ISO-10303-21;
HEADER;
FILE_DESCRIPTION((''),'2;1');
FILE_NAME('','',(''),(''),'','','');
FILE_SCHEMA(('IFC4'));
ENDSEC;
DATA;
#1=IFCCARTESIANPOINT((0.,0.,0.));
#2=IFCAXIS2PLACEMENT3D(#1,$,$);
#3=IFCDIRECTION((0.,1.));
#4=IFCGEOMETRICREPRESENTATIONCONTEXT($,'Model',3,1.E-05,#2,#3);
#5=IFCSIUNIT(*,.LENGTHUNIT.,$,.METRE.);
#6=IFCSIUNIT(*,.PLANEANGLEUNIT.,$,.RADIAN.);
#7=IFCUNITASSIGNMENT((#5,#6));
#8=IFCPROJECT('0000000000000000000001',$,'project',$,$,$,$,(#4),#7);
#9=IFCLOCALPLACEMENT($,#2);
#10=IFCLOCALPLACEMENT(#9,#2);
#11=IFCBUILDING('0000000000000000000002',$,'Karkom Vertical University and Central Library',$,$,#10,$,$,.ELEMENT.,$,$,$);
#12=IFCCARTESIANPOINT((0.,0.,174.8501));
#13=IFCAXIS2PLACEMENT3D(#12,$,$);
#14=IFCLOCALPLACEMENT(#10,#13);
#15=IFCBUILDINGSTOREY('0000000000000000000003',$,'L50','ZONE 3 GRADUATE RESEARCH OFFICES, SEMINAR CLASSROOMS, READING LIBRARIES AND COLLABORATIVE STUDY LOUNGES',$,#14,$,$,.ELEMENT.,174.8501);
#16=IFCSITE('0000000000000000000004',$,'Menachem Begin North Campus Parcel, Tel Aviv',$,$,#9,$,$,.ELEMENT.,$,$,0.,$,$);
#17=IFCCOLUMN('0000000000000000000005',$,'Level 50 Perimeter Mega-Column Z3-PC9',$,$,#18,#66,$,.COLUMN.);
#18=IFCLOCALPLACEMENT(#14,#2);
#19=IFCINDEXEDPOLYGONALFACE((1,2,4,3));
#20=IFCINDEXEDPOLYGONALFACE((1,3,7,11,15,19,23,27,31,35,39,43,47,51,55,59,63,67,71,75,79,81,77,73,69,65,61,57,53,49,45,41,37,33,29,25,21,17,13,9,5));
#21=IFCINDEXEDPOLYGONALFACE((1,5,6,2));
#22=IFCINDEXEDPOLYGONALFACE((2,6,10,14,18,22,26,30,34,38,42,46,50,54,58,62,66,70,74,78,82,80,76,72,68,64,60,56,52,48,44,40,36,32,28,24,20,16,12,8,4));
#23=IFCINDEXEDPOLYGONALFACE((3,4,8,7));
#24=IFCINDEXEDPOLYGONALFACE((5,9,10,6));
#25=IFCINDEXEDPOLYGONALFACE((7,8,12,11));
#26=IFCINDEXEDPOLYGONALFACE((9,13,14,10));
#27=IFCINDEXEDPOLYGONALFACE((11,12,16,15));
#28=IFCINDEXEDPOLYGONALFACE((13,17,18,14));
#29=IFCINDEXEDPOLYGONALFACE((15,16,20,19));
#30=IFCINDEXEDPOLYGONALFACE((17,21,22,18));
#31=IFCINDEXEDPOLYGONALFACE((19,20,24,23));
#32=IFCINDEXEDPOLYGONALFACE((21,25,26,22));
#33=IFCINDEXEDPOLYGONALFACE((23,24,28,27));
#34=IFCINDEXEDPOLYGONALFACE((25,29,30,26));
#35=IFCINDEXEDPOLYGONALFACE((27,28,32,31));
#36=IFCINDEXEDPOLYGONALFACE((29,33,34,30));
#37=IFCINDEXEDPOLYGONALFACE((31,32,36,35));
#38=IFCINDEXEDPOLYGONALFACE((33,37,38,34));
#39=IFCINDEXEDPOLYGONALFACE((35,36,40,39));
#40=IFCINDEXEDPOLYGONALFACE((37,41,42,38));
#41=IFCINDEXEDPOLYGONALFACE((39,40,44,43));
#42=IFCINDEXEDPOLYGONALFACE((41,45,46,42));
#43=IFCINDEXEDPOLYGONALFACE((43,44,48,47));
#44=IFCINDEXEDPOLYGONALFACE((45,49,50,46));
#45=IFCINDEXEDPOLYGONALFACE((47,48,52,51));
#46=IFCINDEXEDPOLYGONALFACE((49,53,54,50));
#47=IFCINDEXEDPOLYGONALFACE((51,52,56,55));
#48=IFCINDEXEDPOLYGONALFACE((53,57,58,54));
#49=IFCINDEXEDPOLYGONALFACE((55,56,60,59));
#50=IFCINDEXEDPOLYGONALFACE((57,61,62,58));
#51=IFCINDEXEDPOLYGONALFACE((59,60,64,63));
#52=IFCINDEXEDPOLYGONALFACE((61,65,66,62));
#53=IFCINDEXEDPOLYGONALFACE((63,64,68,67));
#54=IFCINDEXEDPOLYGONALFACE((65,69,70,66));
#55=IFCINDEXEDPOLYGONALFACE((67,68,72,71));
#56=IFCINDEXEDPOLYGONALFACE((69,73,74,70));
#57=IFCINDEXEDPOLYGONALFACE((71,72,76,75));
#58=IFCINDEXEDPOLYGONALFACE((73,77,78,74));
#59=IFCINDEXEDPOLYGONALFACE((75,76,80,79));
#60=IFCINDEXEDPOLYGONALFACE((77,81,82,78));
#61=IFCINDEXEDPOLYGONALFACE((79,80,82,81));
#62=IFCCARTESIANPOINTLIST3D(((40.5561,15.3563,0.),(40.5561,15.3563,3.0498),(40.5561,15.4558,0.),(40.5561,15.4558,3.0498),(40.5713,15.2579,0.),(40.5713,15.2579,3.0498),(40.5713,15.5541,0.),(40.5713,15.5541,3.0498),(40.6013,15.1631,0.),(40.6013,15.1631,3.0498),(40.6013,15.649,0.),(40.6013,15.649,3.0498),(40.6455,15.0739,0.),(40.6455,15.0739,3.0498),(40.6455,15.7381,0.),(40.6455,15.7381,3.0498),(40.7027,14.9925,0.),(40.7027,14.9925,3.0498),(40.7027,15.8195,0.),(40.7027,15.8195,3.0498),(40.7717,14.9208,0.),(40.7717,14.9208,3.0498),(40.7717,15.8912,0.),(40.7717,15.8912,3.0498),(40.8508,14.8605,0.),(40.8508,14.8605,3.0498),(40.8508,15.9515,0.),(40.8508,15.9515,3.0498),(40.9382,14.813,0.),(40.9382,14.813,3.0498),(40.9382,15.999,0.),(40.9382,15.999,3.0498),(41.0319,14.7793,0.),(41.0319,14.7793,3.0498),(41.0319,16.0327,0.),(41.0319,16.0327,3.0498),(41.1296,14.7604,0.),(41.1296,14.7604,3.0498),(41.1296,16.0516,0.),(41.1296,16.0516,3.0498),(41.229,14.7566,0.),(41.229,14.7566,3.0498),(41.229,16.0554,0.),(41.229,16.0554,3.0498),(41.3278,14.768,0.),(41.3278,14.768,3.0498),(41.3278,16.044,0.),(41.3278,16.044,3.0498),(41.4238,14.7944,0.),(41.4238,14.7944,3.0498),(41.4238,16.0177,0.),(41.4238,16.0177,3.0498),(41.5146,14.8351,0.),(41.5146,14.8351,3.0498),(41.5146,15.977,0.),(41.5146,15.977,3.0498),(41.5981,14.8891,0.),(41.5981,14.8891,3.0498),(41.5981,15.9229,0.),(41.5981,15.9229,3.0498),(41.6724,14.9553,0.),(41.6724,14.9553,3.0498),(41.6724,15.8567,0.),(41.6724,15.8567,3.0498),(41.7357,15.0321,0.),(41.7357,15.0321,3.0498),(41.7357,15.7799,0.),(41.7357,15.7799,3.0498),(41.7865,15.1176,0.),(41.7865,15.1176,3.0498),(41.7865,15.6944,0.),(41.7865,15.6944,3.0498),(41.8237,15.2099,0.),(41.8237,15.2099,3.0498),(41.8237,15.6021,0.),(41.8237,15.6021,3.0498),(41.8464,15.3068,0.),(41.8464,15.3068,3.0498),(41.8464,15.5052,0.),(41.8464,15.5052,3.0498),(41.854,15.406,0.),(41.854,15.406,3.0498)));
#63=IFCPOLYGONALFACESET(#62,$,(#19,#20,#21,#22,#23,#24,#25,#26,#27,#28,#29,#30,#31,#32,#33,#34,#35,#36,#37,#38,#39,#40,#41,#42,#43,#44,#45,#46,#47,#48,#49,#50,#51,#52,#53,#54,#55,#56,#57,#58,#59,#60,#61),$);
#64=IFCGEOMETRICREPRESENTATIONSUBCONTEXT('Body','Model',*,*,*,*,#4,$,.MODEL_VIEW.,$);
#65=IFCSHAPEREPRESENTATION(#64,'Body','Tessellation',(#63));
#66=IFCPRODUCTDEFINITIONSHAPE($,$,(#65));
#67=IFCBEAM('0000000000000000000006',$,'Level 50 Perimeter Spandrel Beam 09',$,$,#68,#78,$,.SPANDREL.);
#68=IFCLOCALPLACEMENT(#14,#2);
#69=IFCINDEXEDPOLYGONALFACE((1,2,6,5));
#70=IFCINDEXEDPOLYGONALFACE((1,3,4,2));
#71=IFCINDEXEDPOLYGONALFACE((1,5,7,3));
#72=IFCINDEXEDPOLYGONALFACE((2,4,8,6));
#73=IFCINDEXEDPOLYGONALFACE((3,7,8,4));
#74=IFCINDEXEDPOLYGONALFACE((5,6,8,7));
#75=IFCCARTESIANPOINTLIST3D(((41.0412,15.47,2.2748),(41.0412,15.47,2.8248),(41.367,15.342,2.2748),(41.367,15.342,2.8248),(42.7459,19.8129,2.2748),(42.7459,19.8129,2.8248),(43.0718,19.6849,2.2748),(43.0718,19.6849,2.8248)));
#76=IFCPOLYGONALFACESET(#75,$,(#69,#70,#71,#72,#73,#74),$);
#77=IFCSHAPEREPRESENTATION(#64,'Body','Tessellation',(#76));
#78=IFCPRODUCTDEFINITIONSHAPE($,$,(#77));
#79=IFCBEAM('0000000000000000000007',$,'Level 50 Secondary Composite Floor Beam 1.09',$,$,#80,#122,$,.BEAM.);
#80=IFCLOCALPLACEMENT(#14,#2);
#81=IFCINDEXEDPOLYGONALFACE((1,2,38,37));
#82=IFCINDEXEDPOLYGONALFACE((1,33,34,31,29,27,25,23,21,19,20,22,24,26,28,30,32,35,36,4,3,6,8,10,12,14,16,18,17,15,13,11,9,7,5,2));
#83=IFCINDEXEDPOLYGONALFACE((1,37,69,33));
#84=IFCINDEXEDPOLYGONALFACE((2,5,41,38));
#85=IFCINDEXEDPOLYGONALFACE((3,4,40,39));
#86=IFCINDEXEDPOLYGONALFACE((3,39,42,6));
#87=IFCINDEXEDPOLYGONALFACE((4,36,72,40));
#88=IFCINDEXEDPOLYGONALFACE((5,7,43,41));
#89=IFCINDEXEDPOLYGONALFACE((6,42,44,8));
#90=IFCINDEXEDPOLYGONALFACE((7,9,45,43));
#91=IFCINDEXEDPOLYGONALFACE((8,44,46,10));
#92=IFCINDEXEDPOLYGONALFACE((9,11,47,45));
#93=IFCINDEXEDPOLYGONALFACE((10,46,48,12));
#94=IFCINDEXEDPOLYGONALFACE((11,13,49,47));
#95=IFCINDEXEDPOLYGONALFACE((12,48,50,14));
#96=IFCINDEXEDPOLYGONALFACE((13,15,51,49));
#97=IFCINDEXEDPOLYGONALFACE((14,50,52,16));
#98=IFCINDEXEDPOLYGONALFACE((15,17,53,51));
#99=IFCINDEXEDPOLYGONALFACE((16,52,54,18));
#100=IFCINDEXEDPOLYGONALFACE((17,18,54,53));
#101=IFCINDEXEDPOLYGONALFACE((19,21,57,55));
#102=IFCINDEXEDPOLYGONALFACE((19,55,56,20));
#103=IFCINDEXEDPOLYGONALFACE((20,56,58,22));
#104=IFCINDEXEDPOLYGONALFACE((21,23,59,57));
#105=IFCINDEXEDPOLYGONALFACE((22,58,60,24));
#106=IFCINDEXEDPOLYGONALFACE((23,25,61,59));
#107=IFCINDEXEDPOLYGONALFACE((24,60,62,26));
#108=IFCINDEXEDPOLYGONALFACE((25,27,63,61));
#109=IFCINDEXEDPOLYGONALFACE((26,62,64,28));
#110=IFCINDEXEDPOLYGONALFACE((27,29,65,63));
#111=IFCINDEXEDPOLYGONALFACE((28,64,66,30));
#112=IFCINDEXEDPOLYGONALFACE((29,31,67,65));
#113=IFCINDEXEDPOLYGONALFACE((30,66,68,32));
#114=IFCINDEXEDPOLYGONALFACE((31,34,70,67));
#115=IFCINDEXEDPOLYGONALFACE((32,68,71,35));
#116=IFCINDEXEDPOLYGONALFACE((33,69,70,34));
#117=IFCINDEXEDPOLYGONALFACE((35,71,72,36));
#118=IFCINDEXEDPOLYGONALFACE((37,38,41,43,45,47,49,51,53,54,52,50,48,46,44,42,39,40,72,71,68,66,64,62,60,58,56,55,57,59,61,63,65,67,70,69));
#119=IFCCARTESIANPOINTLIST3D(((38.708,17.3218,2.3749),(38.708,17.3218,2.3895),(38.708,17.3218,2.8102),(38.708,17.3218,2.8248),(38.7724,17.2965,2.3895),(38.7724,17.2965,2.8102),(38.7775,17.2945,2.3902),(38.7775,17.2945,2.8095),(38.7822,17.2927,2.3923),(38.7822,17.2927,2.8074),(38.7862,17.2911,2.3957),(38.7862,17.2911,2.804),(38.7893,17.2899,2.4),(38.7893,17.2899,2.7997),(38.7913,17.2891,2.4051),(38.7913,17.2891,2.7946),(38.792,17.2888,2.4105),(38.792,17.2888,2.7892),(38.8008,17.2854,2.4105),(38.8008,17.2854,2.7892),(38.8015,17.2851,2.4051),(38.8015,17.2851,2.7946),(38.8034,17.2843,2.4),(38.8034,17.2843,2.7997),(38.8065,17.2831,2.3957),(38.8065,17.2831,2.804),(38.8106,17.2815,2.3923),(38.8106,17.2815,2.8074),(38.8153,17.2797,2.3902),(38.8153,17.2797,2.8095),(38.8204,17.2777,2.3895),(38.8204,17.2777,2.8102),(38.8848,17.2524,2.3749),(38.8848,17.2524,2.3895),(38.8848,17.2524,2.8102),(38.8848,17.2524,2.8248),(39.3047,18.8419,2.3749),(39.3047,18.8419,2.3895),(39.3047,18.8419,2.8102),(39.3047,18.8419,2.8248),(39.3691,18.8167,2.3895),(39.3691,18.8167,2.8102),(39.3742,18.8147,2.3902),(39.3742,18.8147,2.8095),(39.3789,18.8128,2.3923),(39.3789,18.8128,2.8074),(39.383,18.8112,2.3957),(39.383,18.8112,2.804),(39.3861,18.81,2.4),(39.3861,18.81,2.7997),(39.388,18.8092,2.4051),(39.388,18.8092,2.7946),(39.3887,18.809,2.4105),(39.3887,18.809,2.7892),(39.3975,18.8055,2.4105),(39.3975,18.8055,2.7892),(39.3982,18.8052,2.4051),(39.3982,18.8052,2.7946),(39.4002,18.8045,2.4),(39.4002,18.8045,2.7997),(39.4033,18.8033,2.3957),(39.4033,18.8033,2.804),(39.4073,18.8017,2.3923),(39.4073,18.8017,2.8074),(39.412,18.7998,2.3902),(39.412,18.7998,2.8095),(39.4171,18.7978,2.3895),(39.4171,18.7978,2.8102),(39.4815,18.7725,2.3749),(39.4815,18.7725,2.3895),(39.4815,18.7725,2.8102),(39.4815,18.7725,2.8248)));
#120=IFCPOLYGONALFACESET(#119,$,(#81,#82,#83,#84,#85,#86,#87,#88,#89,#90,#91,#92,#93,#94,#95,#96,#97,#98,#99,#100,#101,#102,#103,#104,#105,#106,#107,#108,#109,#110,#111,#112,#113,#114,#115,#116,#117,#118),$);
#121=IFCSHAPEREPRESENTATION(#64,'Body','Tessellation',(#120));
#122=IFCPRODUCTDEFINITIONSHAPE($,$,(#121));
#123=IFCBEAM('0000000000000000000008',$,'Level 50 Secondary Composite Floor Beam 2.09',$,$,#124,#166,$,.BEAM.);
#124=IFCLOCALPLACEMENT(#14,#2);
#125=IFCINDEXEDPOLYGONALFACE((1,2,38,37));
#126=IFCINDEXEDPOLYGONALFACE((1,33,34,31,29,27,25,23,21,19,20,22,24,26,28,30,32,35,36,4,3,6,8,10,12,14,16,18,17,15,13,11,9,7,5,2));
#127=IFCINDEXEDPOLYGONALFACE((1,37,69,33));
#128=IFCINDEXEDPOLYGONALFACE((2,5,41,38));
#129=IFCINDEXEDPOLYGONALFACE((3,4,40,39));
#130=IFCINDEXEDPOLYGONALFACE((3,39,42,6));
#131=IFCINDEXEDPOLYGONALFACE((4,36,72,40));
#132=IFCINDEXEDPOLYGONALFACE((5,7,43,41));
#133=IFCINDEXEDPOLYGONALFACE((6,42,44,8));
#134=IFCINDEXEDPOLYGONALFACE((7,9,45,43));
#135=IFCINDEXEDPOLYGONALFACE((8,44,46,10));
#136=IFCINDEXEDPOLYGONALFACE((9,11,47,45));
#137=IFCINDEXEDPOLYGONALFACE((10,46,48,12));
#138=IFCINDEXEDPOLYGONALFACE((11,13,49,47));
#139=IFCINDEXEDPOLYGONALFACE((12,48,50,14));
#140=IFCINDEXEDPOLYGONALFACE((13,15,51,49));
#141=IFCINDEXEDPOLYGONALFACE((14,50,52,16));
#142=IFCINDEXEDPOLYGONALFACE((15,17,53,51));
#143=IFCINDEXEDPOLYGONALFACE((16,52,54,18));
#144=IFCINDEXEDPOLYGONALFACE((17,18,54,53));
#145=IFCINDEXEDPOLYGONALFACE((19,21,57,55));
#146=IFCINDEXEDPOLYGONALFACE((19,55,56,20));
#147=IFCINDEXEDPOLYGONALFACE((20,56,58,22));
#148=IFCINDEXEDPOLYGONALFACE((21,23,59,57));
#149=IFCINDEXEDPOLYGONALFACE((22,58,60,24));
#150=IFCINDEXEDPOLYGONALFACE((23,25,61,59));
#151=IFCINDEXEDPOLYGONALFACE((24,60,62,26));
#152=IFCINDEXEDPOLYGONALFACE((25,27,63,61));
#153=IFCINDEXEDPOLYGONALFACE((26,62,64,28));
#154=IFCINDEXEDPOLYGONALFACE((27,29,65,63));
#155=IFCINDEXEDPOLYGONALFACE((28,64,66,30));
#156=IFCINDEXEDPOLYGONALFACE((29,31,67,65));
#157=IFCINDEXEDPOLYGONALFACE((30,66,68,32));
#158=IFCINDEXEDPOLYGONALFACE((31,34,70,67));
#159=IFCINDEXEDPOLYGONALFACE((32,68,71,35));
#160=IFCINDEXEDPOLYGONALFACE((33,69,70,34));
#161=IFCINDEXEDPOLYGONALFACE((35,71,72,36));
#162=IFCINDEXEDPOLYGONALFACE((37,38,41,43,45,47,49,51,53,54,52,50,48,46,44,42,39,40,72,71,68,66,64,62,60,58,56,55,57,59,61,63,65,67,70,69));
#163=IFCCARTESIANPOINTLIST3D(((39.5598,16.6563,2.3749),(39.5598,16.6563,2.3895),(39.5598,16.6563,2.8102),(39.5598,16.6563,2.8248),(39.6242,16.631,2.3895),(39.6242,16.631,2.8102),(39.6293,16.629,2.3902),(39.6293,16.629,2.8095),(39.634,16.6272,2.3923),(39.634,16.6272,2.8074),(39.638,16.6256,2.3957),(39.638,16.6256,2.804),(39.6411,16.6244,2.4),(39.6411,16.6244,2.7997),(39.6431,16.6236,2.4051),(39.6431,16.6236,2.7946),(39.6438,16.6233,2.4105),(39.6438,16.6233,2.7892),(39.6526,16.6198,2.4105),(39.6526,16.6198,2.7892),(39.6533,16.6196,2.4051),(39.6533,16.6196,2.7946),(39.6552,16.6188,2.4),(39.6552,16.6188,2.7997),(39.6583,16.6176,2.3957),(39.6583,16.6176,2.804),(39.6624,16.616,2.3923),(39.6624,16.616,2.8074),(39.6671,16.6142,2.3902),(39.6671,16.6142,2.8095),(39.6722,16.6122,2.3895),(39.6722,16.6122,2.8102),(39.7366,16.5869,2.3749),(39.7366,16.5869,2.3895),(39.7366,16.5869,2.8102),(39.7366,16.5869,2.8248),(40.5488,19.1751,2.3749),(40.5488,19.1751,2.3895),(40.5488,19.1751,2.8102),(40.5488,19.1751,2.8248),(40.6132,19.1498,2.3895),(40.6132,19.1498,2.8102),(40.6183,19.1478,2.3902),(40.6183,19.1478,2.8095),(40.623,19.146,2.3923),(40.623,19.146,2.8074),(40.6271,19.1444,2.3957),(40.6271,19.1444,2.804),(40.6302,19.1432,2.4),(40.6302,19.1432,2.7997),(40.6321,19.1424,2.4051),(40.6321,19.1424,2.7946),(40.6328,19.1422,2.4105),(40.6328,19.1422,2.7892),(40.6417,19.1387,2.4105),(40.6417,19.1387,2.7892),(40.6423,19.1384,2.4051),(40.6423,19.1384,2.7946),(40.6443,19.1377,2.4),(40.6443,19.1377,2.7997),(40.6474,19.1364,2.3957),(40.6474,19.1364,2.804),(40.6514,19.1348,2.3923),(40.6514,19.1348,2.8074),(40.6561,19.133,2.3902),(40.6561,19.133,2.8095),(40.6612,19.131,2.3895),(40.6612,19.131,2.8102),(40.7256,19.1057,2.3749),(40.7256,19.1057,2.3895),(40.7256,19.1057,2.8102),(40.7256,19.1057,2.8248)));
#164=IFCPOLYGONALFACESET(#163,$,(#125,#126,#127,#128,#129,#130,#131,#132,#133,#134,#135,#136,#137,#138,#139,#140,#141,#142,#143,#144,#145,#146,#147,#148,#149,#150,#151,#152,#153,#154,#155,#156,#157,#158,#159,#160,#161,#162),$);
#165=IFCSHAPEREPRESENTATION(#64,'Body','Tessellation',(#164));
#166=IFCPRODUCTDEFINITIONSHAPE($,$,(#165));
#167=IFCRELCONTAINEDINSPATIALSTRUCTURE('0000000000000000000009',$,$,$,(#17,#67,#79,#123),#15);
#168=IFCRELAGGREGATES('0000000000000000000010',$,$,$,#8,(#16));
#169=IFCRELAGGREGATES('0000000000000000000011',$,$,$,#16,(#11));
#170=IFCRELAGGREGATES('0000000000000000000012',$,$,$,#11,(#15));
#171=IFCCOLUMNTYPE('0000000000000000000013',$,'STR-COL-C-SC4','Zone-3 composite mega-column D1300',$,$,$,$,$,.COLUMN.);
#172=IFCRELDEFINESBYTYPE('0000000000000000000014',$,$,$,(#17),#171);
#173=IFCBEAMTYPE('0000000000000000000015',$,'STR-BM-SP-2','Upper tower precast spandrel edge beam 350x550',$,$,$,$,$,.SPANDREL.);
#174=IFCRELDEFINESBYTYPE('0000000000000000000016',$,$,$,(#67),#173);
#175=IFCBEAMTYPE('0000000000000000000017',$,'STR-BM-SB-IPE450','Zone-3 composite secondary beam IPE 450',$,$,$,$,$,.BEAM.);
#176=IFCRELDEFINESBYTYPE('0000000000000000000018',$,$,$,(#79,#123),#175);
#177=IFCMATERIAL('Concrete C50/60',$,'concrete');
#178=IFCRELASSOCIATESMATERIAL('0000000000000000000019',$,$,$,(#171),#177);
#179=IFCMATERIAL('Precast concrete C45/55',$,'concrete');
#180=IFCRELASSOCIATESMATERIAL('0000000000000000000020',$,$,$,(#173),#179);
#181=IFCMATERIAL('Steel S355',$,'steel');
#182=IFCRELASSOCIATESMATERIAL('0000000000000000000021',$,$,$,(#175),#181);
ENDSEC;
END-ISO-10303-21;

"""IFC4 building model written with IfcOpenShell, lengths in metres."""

from ifc_helpers import new_model, si_unit, direction, frame, origin, origin_with_axes, origin_2d, place, context, subcontext, project, spatial, rectangle, circle, i_section, extrude, source, transform, mapped, material, material_profile, profile_set, type_object, element, save


model = new_model("IFC4")

# Units and contexts
model_context = context("Model", 3, precision=1e-05, world=origin(), true_north=direction((0.0, 1.0)))
body_context = subcontext(model_context, "Body", "Model", "MODEL_VIEW")
ifc_project = project(units=[si_unit("LENGTHUNIT", "METRE"), si_unit("PLANEANGLEUNIT", "RADIAN")], contexts=[model_context])

# Site, building, storey
site_placement = place(None, origin())
site = spatial("IfcSite", under=ifc_project, at=site_placement, Name="Menachem Begin North Campus Parcel, Tel Aviv", CompositionType="ELEMENT", RefElevation=0.0)
building_placement = place(site_placement, origin())
building = spatial("IfcBuilding", under=site, at=building_placement, Name="Karkom Vertical University and Central Library", CompositionType="ELEMENT")
storey_placement = place(building_placement, frame((0.0, 0.0, 174.8501)))
storey = spatial("IfcBuildingStorey", under=building, at=storey_placement, Name="L50", Description="ZONE 3 GRADUATE RESEARCH OFFICES, SEMINAR CLASSROOMS, READING LIBRARIES AND COLLABORATIVE STUDY LOUNGES", CompositionType="ELEMENT", Elevation=174.8501)

# Column
ifc_material_1 = material(Name="Concrete C50/60", Category="concrete")
ifc_material_profile_1 = material_profile(ifc_material_1, circle(Radius=0.6499, at=origin_2d()), Name="CFT-D1300")
ifc_profile_set_1 = profile_set([ifc_material_profile_1], Name="Concrete C50/60")
column_type = type_object("IfcColumnType", Name="STR-COL-C-SC4", Description="Zone-3 composite mega-column D1300", PredefinedType="COLUMN", material=ifc_profile_set_1)
shared_shape_1 = source(origin_with_axes(), body_context, "Body", "SweptSolid", [
    extrude(circle(Radius=0.6499, at=origin_2d()), origin(), (0.0, 0.0, 1.0), 3.0498),
])
column_placement = place(storey_placement, frame((41.2041, 15.406, 0.0), z_axis=(0.0, 0.0, 1.0), x_axis=(1.0, 0.0, 0.0)))
element("IfcColumn", 1, at=column_placement, inside=storey, type_object=column_type, Name="Level 50 Perimeter Mega-Column Z3-PC9", PredefinedType="COLUMN", context=body_context, shape_type="MappedRepresentation", body=[
    mapped(shared_shape_1, transform((0.0, 0.0, 0.0), scale=1.0)),
])

# Beams
ifc_material_2 = material(Name="Precast concrete C45/55", Category="concrete")
ifc_material_profile_2 = material_profile(ifc_material_2, rectangle(XDim=0.3501, YDim=0.55, at=origin_2d()), Name="SPB-350x550")
ifc_profile_set_2 = profile_set([ifc_material_profile_2], Name="Precast concrete C45/55")
beam_type_1 = type_object("IfcBeamType", Name="STR-BM-SP-2", Description="Upper tower precast spandrel edge beam 350x550", PredefinedType="SPANDREL", material=ifc_profile_set_2)
shared_shape_2 = source(origin_with_axes(), body_context, "Body", "SweptSolid", [
    extrude(rectangle(XDim=0.3501, YDim=0.55, at=origin_2d()), origin(), (0.0, 0.0, 1.0), 4.6655),
])
beam_1_placement = place(storey_placement, frame((41.2041, 15.406, 2.5498), z_axis=(0.365401, 0.93085, 0.0), x_axis=(-0.93085, 0.365401, 0.0)))
element("IfcBeam", 2, at=beam_1_placement, inside=storey, type_object=beam_type_1, Name="Level 50 Perimeter Spandrel Beam 09", PredefinedType="SPANDREL", context=body_context, shape_type="MappedRepresentation", body=[
    mapped(shared_shape_2, transform((0.0, 0.0, 0.0), scale=1.0)),
])
ifc_material_3 = material(Name="Steel S355", Category="steel")
ifc_material_profile_3 = material_profile(ifc_material_3, i_section(OverallWidth=0.1899, OverallDepth=0.45, WebThickness=0.0095, FlangeThickness=0.0146, FilletRadius=0.021, at=origin_2d()), Name="IPE 450")
ifc_profile_set_3 = profile_set([ifc_material_profile_3], Name="Steel S355")
beam_type_2 = type_object("IfcBeamType", Name="STR-BM-SB-IPE450", Description="Zone-3 composite secondary beam IPE 450", PredefinedType="BEAM", material=ifc_profile_set_3)
shared_shape_3 = source(origin_with_axes(), body_context, "Body", "SweptSolid", [
    extrude(i_section(OverallWidth=0.1899, OverallDepth=0.45, WebThickness=0.0095, FlangeThickness=0.0146, FilletRadius=0.021, at=origin_2d()), origin(), (0.0, 0.0, 1.0), 1.6331),
])
beam_2_placement = place(storey_placement, frame((38.7964, 17.2871, 2.5999), z_axis=(0.365403, 0.93085, 0.0), x_axis=(-0.93085, 0.365403, 0.0)))
element("IfcBeam", 3, at=beam_2_placement, inside=storey, type_object=beam_type_2, Name="Level 50 Secondary Composite Floor Beam 1.09", PredefinedType="BEAM", context=body_context, shape_type="MappedRepresentation", body=[
    mapped(shared_shape_3, transform((0.0, 0.0, 0.0), scale=1.0)),
])
shared_shape_4 = source(origin_with_axes(), body_context, "Body", "SweptSolid", [
    extrude(i_section(OverallWidth=0.1899, OverallDepth=0.45, WebThickness=0.0095, FlangeThickness=0.0146, FilletRadius=0.021, at=origin_2d()), origin(), (0.0, 0.0, 1.0), 2.7061),
])
beam_3_placement = place(storey_placement, frame((39.6482, 16.6216, 2.5999), z_axis=(0.365488, 0.930816, 0.0), x_axis=(-0.930816, 0.365488, 0.0)))
element("IfcBeam", 4, at=beam_3_placement, inside=storey, type_object=beam_type_2, Name="Level 50 Secondary Composite Floor Beam 2.09", PredefinedType="BEAM", context=body_context, shape_type="MappedRepresentation", body=[
    mapped(shared_shape_4, transform((0.0, 0.0, 0.0), scale=1.0)),
])

save(model, "model.ifc")
